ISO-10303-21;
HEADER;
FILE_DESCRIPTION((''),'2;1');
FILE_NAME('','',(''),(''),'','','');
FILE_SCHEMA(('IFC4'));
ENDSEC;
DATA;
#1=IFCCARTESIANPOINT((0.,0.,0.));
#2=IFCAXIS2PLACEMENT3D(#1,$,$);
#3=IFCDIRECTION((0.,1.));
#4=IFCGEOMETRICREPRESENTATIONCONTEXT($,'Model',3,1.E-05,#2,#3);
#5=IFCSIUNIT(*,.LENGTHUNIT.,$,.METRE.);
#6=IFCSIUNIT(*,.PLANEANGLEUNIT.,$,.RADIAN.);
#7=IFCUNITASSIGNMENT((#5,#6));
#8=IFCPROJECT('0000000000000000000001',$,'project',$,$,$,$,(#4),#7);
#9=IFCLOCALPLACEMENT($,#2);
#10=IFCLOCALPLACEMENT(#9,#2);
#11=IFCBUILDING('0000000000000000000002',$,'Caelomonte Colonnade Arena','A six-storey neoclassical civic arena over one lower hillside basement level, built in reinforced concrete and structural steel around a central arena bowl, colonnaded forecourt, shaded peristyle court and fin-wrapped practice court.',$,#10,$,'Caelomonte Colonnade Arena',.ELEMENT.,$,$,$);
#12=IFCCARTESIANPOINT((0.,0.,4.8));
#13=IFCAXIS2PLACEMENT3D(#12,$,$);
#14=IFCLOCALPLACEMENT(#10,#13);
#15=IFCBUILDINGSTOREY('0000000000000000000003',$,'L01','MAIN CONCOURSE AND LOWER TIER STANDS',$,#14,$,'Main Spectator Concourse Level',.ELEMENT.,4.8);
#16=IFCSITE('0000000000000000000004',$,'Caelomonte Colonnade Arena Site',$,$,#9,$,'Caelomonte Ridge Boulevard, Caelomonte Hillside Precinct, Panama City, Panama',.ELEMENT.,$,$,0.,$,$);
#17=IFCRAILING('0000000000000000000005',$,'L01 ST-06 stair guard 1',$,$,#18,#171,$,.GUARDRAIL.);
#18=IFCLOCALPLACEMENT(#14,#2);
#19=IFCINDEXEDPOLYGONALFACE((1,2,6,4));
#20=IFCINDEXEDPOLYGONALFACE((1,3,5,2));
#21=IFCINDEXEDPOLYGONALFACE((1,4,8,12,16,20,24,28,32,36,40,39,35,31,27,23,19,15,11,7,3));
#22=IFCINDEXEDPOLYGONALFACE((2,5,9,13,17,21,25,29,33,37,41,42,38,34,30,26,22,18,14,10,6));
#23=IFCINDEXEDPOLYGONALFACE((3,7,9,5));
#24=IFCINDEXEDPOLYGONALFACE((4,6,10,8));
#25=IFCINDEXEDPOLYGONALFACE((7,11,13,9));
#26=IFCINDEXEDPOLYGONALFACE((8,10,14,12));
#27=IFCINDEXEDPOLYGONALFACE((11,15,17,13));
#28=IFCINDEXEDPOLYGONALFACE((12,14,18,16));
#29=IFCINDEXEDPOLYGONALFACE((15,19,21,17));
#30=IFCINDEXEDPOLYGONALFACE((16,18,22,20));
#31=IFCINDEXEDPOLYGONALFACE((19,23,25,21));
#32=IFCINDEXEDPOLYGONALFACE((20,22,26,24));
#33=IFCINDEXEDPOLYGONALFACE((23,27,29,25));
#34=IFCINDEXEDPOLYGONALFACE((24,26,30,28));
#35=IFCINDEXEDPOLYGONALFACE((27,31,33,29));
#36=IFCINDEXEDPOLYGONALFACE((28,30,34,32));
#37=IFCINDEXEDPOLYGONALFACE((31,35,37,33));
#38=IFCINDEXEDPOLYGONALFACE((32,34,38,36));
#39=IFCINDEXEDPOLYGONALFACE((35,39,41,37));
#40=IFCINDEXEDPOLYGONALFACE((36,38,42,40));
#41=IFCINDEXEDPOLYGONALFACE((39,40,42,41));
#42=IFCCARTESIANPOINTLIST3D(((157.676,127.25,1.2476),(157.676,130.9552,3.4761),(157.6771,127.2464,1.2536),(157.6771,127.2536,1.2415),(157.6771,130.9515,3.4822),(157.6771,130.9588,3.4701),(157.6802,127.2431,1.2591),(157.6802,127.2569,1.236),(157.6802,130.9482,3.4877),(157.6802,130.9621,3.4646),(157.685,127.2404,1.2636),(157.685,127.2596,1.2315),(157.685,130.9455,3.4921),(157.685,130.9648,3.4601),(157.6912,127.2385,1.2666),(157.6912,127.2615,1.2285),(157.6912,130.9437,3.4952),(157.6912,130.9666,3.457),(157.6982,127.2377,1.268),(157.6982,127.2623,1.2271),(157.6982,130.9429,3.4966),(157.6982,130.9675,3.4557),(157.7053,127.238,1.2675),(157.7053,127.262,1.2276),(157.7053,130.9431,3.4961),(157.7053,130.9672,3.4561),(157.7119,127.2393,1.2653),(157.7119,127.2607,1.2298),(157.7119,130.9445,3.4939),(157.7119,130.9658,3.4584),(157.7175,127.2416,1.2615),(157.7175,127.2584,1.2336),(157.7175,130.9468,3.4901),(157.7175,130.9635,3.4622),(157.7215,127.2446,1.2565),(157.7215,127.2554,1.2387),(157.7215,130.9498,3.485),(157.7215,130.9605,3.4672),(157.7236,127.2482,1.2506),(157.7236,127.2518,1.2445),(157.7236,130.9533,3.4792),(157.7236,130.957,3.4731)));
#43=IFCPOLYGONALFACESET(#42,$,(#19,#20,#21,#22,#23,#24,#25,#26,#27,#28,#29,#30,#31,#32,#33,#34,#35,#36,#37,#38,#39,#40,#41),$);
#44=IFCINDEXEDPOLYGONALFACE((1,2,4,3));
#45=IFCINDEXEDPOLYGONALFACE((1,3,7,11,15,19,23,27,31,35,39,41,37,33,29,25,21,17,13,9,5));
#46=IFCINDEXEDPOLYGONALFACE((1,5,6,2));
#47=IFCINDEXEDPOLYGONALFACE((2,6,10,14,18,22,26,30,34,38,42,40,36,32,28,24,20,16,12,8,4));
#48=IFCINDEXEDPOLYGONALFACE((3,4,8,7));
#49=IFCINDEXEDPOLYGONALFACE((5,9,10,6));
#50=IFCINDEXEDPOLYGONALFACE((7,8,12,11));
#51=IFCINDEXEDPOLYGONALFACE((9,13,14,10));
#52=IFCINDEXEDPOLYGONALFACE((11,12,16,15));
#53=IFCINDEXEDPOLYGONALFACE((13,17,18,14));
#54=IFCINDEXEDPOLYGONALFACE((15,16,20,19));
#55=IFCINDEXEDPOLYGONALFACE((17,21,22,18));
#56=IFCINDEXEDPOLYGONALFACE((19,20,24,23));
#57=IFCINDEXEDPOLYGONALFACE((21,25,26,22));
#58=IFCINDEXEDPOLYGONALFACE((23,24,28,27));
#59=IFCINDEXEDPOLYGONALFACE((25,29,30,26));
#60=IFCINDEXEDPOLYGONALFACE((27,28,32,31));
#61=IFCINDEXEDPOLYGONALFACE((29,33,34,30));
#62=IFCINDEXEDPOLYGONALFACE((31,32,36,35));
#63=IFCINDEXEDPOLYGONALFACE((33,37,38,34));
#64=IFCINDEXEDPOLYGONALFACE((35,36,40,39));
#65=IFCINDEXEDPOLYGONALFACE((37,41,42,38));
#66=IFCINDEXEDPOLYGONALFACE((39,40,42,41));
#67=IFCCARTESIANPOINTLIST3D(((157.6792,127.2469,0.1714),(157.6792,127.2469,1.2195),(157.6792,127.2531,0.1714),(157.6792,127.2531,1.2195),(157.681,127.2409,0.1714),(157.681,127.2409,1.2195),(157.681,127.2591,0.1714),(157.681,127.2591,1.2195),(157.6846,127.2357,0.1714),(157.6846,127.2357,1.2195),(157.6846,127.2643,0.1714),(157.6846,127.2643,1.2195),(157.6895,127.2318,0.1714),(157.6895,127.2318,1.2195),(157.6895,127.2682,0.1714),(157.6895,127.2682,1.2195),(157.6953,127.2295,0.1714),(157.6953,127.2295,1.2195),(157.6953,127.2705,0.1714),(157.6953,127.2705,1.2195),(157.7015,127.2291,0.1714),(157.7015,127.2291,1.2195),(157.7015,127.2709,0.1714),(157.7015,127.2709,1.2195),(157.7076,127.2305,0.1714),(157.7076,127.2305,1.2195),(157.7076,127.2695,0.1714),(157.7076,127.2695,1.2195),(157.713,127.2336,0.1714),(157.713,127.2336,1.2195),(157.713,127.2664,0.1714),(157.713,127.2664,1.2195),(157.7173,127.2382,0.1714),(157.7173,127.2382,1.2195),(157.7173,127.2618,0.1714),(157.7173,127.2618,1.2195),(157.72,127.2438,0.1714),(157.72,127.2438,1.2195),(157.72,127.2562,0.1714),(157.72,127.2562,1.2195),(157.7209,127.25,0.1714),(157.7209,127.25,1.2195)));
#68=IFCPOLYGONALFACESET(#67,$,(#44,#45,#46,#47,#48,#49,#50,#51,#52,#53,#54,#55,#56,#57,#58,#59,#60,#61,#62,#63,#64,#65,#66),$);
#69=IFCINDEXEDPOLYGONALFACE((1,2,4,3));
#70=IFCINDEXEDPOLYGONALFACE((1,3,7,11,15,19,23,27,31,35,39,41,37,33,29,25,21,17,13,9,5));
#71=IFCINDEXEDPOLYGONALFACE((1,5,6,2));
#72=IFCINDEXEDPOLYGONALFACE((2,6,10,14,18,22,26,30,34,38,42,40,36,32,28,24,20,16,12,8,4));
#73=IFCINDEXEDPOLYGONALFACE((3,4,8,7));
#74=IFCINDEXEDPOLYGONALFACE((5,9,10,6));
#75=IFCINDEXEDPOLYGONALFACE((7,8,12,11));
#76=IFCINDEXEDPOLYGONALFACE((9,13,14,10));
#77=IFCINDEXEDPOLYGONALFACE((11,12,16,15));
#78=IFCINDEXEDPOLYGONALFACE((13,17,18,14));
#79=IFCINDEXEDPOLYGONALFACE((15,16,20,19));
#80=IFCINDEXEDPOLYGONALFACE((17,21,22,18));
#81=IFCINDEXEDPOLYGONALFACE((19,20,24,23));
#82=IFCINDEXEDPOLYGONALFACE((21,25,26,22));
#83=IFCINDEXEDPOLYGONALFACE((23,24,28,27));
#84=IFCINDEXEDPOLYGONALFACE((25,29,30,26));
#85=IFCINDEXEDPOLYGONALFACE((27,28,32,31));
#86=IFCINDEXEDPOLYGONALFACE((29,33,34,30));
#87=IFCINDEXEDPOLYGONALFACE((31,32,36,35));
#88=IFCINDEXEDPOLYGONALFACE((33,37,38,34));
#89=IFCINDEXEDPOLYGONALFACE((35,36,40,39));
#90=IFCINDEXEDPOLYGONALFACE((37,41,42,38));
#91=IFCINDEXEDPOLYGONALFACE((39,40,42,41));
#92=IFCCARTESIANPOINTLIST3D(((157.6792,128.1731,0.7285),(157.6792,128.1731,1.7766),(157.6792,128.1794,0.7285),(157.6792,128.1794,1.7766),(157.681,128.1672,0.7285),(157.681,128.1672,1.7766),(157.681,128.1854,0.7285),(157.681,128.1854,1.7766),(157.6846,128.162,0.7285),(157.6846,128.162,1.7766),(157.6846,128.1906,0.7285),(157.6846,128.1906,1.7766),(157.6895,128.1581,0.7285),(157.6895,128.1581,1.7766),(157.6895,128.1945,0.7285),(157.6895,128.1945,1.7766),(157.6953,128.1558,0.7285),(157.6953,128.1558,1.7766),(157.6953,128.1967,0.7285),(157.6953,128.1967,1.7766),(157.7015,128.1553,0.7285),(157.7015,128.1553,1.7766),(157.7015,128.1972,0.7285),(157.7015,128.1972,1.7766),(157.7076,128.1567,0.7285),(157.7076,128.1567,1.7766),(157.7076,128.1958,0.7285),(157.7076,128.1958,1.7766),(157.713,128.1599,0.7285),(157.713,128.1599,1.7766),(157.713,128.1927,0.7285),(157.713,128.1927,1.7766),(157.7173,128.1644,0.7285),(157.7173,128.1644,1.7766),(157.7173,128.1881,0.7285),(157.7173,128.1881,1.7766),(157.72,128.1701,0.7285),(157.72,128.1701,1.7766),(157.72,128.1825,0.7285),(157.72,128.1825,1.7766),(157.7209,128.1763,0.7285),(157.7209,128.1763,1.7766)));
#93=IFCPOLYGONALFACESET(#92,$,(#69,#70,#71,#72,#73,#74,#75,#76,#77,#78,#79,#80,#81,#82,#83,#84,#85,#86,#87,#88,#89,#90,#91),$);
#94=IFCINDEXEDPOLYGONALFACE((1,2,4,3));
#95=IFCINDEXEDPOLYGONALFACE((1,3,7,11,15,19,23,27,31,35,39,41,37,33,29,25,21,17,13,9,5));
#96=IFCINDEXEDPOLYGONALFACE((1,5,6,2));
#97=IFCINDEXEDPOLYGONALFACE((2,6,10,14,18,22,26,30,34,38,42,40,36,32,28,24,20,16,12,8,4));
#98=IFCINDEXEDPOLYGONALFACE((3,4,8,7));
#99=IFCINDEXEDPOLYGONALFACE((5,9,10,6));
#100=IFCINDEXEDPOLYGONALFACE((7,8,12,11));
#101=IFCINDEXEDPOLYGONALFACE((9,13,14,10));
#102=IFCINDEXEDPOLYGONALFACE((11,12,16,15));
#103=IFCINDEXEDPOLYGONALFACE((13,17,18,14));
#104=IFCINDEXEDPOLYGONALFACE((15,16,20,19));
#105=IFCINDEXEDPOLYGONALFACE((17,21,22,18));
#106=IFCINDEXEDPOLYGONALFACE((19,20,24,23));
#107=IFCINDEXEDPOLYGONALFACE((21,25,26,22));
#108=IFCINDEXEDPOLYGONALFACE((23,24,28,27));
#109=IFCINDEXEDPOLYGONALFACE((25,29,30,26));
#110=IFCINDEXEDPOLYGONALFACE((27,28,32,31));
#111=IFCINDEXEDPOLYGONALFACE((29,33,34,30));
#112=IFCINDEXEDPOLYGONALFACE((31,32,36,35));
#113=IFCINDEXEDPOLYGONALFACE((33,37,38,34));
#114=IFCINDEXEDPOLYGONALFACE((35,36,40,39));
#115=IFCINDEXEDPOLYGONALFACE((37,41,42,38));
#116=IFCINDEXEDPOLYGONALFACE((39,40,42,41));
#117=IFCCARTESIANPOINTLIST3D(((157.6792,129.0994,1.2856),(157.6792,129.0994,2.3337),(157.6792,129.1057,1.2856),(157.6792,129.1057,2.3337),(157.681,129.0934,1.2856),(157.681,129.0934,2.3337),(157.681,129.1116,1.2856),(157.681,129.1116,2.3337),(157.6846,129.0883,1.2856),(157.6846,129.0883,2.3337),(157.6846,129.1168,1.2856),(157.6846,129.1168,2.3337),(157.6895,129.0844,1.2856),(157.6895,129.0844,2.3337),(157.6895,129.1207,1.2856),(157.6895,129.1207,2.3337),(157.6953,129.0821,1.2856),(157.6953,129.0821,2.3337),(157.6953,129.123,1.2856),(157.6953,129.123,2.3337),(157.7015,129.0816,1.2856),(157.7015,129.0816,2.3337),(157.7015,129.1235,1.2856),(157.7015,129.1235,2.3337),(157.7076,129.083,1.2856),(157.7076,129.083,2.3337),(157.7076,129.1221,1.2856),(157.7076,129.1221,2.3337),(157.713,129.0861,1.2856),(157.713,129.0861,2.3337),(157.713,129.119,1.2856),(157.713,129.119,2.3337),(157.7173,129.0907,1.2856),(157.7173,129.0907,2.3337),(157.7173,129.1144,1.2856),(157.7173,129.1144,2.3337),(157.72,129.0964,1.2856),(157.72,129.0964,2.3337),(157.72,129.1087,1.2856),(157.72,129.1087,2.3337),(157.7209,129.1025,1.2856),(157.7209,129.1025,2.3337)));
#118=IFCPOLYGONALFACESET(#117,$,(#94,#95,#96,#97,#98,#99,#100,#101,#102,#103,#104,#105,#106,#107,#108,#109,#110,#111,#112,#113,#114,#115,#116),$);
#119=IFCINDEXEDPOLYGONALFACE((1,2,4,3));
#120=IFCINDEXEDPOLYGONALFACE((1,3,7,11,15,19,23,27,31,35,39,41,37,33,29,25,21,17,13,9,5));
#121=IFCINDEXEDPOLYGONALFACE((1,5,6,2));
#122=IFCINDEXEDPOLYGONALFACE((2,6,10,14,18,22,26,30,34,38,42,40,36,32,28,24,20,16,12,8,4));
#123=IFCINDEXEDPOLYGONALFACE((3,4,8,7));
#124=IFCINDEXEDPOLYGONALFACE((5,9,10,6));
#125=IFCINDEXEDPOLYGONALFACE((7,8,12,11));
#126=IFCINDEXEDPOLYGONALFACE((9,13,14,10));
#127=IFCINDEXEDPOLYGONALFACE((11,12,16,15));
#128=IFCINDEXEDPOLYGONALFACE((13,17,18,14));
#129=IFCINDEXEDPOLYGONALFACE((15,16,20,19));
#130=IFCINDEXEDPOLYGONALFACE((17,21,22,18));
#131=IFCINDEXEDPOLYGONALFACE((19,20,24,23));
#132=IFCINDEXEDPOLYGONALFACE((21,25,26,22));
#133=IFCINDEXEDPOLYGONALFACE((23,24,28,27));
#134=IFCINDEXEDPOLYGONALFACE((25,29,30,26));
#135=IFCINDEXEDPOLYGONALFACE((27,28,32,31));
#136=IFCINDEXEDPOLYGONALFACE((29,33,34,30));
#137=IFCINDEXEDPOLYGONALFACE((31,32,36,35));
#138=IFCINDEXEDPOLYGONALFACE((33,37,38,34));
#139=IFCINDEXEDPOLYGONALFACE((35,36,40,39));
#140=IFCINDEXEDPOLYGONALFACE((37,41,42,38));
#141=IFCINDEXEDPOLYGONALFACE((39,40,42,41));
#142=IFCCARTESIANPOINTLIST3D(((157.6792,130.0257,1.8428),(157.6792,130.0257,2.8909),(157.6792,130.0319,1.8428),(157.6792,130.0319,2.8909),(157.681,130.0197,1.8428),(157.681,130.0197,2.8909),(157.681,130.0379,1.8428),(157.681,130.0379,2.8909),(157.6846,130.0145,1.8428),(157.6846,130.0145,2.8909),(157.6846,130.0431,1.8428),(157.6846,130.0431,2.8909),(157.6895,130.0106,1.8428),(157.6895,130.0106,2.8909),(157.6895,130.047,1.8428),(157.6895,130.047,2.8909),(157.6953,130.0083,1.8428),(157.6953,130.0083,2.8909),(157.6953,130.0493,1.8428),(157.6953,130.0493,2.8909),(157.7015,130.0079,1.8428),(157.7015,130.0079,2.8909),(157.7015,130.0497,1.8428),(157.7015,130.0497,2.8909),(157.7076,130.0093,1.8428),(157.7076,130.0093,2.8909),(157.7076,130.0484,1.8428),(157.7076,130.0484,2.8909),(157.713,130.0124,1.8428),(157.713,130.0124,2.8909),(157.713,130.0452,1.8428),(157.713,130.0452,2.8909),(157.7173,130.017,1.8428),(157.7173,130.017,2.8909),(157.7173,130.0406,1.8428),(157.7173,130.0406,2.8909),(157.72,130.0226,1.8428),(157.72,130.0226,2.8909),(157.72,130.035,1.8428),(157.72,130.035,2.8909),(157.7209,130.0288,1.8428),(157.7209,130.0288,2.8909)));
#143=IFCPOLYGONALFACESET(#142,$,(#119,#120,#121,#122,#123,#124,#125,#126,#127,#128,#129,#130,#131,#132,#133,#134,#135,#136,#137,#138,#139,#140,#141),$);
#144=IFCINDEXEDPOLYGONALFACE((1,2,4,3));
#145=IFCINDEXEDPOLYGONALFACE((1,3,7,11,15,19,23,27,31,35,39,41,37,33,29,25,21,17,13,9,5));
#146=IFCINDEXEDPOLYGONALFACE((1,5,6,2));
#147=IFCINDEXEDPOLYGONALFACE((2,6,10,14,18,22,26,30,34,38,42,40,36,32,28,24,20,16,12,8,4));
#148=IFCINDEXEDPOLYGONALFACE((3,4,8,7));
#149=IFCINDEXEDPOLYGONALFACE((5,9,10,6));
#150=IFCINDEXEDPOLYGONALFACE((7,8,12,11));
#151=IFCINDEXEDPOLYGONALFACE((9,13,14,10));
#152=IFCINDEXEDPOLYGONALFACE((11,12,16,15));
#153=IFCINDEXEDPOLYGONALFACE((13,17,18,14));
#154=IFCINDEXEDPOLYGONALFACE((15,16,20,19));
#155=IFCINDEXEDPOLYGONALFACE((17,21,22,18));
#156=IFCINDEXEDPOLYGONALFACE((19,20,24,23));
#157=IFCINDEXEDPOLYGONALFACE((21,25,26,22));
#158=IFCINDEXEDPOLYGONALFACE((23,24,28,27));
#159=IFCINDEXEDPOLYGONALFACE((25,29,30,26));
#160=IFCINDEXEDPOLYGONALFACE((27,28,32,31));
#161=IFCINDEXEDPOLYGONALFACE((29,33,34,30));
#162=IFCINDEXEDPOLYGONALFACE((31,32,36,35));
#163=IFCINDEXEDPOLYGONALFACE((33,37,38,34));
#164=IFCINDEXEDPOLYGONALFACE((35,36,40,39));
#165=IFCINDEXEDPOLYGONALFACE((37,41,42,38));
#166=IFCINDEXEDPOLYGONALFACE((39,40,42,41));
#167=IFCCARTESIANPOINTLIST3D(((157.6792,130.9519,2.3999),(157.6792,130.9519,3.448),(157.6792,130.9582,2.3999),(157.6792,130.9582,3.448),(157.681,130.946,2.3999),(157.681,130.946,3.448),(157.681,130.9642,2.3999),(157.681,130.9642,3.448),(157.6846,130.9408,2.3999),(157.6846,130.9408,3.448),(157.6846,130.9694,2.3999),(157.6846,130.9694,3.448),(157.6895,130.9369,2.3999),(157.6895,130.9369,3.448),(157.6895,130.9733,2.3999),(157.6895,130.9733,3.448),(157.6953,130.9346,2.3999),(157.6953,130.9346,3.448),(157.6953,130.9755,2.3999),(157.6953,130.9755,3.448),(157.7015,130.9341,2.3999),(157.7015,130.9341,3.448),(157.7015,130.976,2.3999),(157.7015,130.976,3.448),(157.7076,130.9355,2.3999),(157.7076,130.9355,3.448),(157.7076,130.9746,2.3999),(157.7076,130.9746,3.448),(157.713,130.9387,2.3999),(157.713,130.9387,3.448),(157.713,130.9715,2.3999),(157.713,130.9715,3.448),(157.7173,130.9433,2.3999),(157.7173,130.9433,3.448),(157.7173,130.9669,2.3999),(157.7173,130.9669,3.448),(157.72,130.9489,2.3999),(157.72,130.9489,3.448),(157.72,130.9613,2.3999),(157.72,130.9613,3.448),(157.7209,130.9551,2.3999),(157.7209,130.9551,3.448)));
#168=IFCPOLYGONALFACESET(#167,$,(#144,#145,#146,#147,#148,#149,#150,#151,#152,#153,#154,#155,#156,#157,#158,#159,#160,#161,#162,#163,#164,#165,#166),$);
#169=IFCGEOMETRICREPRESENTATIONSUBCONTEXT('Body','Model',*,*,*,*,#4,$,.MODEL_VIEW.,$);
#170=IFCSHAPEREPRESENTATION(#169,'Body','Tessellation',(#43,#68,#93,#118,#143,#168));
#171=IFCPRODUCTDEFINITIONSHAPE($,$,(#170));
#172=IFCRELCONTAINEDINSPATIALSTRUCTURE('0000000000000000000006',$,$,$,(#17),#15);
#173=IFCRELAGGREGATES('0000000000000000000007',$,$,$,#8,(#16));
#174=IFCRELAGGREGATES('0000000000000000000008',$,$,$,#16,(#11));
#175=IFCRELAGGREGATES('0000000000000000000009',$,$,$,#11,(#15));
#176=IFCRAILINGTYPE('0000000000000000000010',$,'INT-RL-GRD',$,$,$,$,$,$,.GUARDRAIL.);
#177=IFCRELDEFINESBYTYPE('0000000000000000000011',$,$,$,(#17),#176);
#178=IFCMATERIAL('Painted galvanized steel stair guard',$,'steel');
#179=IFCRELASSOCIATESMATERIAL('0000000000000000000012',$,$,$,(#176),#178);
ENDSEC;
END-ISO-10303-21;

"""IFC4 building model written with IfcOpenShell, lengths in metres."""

from ifc_helpers import new_model, si_unit, direction, frame, origin, origin_2d, place, context, subcontext, project, spatial, circle, extrude, material, type_object, element, save


model = new_model("IFC4")

# Units and contexts
model_context = context("Model", 3, precision=1e-05, world=origin(), true_north=direction((0.0, 1.0)))
body_context = subcontext(model_context, "Body", "Model", "MODEL_VIEW")
ifc_project = project(units=[si_unit("LENGTHUNIT", "METRE"), si_unit("PLANEANGLEUNIT", "RADIAN")], contexts=[model_context])

# Site, building, storey
site_placement = place(None, origin())
site = spatial("IfcSite", under=ifc_project, at=site_placement, Name="Caelomonte Colonnade Arena Site", LongName="Caelomonte Ridge Boulevard, Caelomonte Hillside Precinct, Panama City, Panama", CompositionType="ELEMENT", RefElevation=0.0)
building_placement = place(site_placement, origin())
building = spatial("IfcBuilding", under=site, at=building_placement, Name="Caelomonte Colonnade Arena", Description="A six-storey neoclassical civic arena over one lower hillside basement level, built in reinforced concrete and structural steel around a central arena bowl, colonnaded forecourt, shaded peristyle court and fin-wrapped practice court.", LongName="Caelomonte Colonnade Arena", CompositionType="ELEMENT")
storey_placement = place(building_placement, frame((0.0, 0.0, 4.8)))
storey = spatial("IfcBuildingStorey", under=building, at=storey_placement, Name="L01", Description="MAIN CONCOURSE AND LOWER TIER STANDS", LongName="Main Spectator Concourse Level", CompositionType="ELEMENT", Elevation=4.8)

# Railing
ifc_material_1 = material(Name="Painted galvanized steel stair guard", Category="steel")
railing_type_1 = type_object("IfcRailingType", Name="INT-RL-GRD", PredefinedType="GUARDRAIL", material=ifc_material_1)
railing_1_placement = place(storey_placement, frame((157.7, 127.25, 0.1714)))
element("IfcRailing", 1, at=railing_1_placement, inside=storey, type_object=railing_type_1, Name="L01 ST-06 stair guard 1", PredefinedType="GUARDRAIL", context=body_context, shape_type="SweptSolid", body=[
    extrude(circle(Radius=0.0239, at=origin_2d()), frame((0.0, 0.0, 1.0762), z_axis=(0.0, 0.856934, 0.515425), x_axis=(-1.0, 0.0, 0.0)), (0.0, 0.0, 1.0), 4.3237),
    extrude(circle(Radius=0.021, at=origin_2d()), origin(), (0.0, 0.0, 1.0), 1.0481),
    extrude(circle(Radius=0.021, at=origin_2d()), frame((0.0, 0.9263, 0.5571)), (0.0, 0.0, 1.0), 1.0481),
    extrude(circle(Radius=0.021, at=origin_2d()), frame((0.0, 1.8525, 1.1143)), (0.0, 0.0, 1.0), 1.0481),
    extrude(circle(Radius=0.021, at=origin_2d()), frame((0.0, 2.7788, 1.6714)), (0.0, 0.0, 1.0), 1.0481),
    extrude(circle(Radius=0.021, at=origin_2d()), frame((0.0, 3.7051, 2.2285)), (0.0, 0.0, 1.0), 1.0481),
])

save(model, "model.ifc")
